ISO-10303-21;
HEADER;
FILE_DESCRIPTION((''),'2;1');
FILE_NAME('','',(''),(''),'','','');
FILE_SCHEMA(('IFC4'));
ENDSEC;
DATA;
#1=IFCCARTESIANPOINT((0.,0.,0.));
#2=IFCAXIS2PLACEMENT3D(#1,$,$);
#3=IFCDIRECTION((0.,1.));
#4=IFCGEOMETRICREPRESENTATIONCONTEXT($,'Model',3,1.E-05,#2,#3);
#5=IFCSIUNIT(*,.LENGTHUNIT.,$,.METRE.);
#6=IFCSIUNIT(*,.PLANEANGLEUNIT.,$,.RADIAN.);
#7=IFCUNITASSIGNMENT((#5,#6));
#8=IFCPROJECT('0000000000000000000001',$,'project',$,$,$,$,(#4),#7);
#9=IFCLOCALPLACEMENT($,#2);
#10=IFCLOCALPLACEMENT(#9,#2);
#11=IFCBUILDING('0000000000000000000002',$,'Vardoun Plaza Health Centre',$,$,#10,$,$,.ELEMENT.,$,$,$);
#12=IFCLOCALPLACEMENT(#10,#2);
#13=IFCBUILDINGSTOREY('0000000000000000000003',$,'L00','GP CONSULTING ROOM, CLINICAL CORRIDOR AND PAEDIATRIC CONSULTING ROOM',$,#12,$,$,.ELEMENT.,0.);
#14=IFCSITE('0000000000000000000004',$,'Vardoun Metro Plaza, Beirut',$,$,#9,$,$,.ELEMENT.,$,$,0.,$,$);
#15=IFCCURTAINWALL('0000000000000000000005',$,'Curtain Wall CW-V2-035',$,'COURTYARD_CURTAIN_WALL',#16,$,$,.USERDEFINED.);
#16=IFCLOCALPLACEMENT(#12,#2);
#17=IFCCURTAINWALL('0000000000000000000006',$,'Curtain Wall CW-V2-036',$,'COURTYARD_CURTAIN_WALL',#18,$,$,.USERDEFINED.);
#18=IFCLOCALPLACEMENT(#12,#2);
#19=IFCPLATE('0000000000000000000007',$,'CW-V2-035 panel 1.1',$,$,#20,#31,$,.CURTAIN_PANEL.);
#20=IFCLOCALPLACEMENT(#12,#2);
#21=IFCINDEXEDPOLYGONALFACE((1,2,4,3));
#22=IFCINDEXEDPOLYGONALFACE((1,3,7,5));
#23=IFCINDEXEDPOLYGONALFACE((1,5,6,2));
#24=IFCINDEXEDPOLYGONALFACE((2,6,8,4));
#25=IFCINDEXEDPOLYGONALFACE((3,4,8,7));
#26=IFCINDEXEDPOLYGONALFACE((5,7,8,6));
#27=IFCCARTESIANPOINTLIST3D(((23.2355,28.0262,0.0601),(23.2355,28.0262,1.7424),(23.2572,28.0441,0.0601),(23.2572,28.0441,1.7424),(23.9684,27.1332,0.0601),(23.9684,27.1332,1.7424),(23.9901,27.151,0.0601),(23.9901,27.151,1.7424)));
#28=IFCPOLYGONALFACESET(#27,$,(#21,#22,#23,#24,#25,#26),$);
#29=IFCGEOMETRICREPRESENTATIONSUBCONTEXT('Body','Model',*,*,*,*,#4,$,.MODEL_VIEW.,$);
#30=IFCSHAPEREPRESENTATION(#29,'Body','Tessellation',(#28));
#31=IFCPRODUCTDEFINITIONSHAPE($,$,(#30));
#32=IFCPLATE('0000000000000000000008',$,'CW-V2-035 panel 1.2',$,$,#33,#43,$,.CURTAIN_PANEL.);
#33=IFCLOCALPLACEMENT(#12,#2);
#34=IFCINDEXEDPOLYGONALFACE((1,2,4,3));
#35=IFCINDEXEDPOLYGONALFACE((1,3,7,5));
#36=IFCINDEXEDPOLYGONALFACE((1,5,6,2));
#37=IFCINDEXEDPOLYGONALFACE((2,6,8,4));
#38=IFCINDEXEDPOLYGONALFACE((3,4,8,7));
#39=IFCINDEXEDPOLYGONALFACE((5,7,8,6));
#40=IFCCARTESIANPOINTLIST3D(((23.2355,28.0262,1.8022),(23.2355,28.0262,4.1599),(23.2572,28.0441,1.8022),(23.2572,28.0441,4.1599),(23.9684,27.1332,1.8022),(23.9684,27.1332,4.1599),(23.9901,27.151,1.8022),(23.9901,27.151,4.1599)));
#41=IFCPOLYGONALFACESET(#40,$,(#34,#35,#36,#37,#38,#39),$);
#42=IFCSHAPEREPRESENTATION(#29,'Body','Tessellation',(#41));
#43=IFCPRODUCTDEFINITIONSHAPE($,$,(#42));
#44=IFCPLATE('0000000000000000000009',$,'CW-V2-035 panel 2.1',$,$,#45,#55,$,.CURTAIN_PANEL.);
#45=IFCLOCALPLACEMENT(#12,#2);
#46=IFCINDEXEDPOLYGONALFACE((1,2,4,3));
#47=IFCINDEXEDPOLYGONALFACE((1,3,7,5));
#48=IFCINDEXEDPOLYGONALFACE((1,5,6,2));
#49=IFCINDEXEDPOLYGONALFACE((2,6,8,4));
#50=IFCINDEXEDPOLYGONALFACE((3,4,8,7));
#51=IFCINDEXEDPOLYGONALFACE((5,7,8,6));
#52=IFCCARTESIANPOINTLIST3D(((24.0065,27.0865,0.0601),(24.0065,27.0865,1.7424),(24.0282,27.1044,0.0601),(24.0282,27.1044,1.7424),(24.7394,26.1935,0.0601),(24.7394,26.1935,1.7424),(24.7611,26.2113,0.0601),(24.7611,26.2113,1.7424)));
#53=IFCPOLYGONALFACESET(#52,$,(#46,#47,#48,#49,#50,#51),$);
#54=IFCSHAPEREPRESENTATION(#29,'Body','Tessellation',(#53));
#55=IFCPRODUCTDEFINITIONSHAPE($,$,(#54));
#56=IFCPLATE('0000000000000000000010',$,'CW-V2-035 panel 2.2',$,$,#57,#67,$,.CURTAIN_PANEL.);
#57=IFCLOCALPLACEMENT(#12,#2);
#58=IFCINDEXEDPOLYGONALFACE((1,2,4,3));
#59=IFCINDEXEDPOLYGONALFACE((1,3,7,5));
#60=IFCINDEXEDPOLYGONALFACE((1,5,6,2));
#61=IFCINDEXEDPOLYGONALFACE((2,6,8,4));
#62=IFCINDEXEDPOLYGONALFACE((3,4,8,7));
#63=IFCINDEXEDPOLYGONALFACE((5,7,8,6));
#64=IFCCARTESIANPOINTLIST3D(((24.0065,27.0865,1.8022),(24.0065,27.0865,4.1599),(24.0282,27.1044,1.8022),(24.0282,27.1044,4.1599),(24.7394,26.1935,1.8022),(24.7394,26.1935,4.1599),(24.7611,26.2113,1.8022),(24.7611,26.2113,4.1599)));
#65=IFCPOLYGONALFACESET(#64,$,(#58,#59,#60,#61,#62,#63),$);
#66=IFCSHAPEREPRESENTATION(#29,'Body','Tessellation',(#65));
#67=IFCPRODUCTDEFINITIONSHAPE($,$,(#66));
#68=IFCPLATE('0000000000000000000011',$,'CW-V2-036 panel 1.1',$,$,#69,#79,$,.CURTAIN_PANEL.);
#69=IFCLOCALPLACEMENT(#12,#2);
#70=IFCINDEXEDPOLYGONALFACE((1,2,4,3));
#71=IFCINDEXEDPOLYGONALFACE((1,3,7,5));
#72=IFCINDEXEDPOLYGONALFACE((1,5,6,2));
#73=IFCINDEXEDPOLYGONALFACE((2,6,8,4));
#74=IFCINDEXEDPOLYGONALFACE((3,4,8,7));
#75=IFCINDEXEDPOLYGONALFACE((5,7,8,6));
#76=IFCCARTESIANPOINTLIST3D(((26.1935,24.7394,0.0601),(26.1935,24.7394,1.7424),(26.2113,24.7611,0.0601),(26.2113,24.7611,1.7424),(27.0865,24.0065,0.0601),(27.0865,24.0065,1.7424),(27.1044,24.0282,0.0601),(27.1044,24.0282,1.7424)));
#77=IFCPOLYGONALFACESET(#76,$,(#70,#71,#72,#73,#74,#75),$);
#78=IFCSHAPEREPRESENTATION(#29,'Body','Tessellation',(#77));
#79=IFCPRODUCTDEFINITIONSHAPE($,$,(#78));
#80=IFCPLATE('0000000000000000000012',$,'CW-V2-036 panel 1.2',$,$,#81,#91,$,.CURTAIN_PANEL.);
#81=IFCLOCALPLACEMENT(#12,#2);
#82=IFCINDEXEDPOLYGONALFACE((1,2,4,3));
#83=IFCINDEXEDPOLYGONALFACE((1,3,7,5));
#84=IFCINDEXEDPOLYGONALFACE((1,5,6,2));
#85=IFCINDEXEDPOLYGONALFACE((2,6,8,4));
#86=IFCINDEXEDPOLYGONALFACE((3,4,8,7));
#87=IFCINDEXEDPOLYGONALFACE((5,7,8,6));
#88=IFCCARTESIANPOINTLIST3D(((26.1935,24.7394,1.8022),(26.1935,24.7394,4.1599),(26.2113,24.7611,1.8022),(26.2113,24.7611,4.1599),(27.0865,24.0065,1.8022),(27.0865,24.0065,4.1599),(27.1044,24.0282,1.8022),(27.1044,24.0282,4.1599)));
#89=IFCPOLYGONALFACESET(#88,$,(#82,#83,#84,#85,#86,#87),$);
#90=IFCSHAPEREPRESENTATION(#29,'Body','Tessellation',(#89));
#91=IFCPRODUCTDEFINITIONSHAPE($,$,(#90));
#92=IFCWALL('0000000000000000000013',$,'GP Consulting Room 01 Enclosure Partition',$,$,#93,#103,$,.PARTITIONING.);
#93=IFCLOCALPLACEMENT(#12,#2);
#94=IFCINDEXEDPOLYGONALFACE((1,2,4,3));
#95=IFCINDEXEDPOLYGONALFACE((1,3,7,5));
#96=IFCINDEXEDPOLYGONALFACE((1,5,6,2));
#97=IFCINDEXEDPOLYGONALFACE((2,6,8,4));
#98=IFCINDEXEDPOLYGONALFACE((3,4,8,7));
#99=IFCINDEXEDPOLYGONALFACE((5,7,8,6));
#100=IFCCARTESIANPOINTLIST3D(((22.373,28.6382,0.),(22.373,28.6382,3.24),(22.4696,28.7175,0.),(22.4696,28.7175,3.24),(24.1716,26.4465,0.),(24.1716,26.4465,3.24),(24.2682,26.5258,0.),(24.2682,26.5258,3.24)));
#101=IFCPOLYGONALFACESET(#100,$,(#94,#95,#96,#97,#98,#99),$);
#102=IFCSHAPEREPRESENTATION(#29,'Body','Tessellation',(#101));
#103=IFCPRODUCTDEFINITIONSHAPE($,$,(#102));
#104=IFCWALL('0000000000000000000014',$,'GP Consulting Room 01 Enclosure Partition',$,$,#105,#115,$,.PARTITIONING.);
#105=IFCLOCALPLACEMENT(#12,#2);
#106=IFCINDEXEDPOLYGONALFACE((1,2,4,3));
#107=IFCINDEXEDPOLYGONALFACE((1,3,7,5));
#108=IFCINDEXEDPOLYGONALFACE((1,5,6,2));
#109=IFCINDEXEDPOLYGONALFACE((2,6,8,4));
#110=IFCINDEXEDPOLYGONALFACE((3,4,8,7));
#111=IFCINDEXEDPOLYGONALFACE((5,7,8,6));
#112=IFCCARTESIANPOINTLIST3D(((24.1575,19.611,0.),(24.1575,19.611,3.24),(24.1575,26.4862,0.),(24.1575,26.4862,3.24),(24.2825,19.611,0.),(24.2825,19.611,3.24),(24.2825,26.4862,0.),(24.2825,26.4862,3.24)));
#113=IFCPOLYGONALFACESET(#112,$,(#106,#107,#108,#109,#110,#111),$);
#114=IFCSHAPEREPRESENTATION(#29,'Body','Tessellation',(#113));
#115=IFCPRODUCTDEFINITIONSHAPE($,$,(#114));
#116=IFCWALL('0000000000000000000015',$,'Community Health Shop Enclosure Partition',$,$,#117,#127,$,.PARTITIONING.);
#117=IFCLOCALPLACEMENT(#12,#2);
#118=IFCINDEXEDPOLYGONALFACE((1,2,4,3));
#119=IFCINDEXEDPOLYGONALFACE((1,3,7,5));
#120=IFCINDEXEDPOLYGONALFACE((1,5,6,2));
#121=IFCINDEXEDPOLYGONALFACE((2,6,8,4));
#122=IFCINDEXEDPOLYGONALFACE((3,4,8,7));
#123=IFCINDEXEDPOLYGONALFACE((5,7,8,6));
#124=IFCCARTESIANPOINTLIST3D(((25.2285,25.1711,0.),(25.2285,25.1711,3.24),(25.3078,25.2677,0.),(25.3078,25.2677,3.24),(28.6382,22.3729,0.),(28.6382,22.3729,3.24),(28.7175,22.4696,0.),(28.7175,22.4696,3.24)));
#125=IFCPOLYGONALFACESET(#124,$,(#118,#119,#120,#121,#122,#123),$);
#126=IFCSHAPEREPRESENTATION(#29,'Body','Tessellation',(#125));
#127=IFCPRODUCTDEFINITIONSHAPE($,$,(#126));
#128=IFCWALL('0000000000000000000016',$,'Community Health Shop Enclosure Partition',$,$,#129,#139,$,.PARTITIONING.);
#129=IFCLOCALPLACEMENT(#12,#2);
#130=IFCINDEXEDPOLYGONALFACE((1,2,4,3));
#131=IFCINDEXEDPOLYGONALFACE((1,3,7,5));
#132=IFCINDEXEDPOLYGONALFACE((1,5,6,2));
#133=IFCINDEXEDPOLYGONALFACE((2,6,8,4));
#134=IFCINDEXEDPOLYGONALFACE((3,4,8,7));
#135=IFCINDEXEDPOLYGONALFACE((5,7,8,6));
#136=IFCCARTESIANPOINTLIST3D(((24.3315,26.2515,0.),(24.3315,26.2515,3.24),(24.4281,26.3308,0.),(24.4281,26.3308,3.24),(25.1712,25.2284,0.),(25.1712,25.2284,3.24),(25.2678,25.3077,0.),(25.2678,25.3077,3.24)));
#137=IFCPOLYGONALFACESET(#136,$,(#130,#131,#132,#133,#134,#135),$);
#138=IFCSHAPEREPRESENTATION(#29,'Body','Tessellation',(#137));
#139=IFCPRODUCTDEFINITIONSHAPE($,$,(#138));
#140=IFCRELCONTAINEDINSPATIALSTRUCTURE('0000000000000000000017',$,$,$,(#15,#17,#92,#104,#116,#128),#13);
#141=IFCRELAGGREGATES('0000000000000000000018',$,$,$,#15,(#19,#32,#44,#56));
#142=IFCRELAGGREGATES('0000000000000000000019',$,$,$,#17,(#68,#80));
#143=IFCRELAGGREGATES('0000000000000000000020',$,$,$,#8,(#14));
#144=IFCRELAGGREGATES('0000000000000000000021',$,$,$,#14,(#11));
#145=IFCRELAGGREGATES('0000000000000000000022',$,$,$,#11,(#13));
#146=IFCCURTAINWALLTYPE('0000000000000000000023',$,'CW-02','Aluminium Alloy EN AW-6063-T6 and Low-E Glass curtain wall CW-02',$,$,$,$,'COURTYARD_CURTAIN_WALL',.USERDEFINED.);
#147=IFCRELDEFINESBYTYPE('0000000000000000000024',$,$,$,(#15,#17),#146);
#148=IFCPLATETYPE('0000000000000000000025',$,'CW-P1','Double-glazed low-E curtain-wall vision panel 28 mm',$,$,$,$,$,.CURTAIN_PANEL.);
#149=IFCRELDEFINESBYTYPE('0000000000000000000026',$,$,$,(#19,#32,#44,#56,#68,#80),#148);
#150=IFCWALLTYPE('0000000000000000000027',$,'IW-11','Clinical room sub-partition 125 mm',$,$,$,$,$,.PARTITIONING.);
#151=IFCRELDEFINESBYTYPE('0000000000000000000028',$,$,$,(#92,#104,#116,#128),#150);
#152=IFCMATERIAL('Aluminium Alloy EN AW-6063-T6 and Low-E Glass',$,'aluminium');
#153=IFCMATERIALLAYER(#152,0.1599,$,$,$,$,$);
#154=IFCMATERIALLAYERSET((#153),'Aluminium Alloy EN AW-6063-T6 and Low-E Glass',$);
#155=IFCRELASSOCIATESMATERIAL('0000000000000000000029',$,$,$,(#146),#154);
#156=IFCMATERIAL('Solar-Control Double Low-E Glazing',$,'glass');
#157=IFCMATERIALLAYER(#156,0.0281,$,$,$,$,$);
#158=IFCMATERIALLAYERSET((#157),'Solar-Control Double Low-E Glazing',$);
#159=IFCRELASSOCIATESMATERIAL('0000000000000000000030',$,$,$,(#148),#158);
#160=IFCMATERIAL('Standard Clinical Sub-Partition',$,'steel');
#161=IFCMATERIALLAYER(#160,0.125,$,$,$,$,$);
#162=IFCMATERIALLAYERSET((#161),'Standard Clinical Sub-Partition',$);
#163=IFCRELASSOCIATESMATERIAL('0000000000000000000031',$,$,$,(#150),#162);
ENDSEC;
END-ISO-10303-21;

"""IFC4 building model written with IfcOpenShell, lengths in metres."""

from ifc_helpers import new_model, si_unit, direction, frame, frame_2d, origin, origin_2d, place, context, subcontext, project, spatial, rectangle, extrude, material, layer, layer_set, type_object, element, aggregate, save


model = new_model("IFC4")

# Units and contexts
model_context = context("Model", 3, precision=1e-05, world=origin(), true_north=direction((0.0, 1.0)))
body_context = subcontext(model_context, "Body", "Model", "MODEL_VIEW")
ifc_project = project(units=[si_unit("LENGTHUNIT", "METRE"), si_unit("PLANEANGLEUNIT", "RADIAN")], contexts=[model_context])

# Site, building, storey
site_placement = place(None, origin())
site = spatial("IfcSite", under=ifc_project, at=site_placement, Name="Vardoun Metro Plaza, Beirut", CompositionType="ELEMENT", RefElevation=0.0)
building_placement = place(site_placement, origin())
building = spatial("IfcBuilding", under=site, at=building_placement, Name="Vardoun Plaza Health Centre", CompositionType="ELEMENT")
storey_placement = place(building_placement, origin())
storey = spatial("IfcBuildingStorey", under=building, at=storey_placement, Name="L00", Description="GP CONSULTING ROOM, CLINICAL CORRIDOR AND PAEDIATRIC CONSULTING ROOM", CompositionType="ELEMENT", Elevation=0.0)

# Curtain walls
ifc_material_1 = material(Name="Aluminium Alloy EN AW-6063-T6 and Low-E Glass", Category="aluminium")
ifc_layer_1 = layer(ifc_material_1, 0.1599)
ifc_layer_set_1 = layer_set([ifc_layer_1], Name="Aluminium Alloy EN AW-6063-T6 and Low-E Glass")
curtain_wall_type = type_object("IfcCurtainWallType", Name="CW-02", Description="Aluminium Alloy EN AW-6063-T6 and Low-E Glass curtain wall CW-02", ElementType="COURTYARD_CURTAIN_WALL", PredefinedType="USERDEFINED", material=ifc_layer_set_1)
curtain_wall_1_placement = place(storey_placement, origin())
curtain_wall_1 = element("IfcCurtainWall", 1, at=curtain_wall_1_placement, inside=storey, type_object=curtain_wall_type, Name="Curtain Wall CW-V2-035", ObjectType="COURTYARD_CURTAIN_WALL", PredefinedType="USERDEFINED")
curtain_wall_2_placement = place(storey_placement, origin())
curtain_wall_2 = element("IfcCurtainWall", 2, at=curtain_wall_2_placement, inside=storey, type_object=curtain_wall_type, Name="Curtain Wall CW-V2-036", ObjectType="COURTYARD_CURTAIN_WALL", PredefinedType="USERDEFINED")

# Plates
ifc_material_2 = material(Name="Solar-Control Double Low-E Glazing", Category="glass")
ifc_layer_2 = layer(ifc_material_2, 0.0281)
ifc_layer_set_2 = layer_set([ifc_layer_2], Name="Solar-Control Double Low-E Glazing")
plate_type = type_object("IfcPlateType", Name="CW-P1", Description="Double-glazed low-E curtain-wall vision panel 28 mm", PredefinedType="CURTAIN_PANEL", material=ifc_layer_set_2)
plate_1_placement = place(storey_placement, frame((23.6128, 27.5886, 0.0601), z_axis=(0.0, 0.0, 1.0), x_axis=(0.634385, -0.773017, 0.0)))
plate_1 = element("IfcPlate", 3, at=plate_1_placement, type_object=plate_type, Name="CW-V2-035 panel 1.1", PredefinedType="CURTAIN_PANEL", context=body_context, shape_type="SweptSolid", body=[
    extrude(rectangle(XDim=1.1553, YDim=0.0281, at=origin_2d()), origin(), (0.0, 0.0, 1.0), 1.6824),
])
plate_2_placement = place(storey_placement, frame((23.6128, 27.5886, 1.8022), z_axis=(0.0, 0.0, 1.0), x_axis=(0.634385, -0.773017, 0.0)))
plate_2 = element("IfcPlate", 4, at=plate_2_placement, type_object=plate_type, Name="CW-V2-035 panel 1.2", PredefinedType="CURTAIN_PANEL", context=body_context, shape_type="SweptSolid", body=[
    extrude(rectangle(XDim=1.1553, YDim=0.0281, at=origin_2d()), origin(), (0.0, 0.0, 1.0), 2.3577),
])
plate_3_placement = place(storey_placement, frame((24.3838, 26.6489, 0.0601), z_axis=(0.0, 0.0, 1.0), x_axis=(0.634385, -0.773017, 0.0)))
plate_3 = element("IfcPlate", 5, at=plate_3_placement, type_object=plate_type, Name="CW-V2-035 panel 2.1", PredefinedType="CURTAIN_PANEL", context=body_context, shape_type="SweptSolid", body=[
    extrude(rectangle(XDim=1.1553, YDim=0.0281, at=origin_2d()), origin(), (0.0, 0.0, 1.0), 1.6824),
])
plate_4_placement = place(storey_placement, frame((24.3838, 26.6489, 1.8022), z_axis=(0.0, 0.0, 1.0), x_axis=(0.634385, -0.773017, 0.0)))
plate_4 = element("IfcPlate", 6, at=plate_4_placement, type_object=plate_type, Name="CW-V2-035 panel 2.2", PredefinedType="CURTAIN_PANEL", context=body_context, shape_type="SweptSolid", body=[
    extrude(rectangle(XDim=1.1553, YDim=0.0281, at=origin_2d()), origin(), (0.0, 0.0, 1.0), 2.3577),
])
aggregate(curtain_wall_1, [plate_1, plate_2, plate_3, plate_4])
plate_5_placement = place(storey_placement, frame((26.6489, 24.3838, 0.0601), z_axis=(0.0, 0.0, 1.0), x_axis=(0.773017, -0.634385, 0.0)))
plate_5 = element("IfcPlate", 7, at=plate_5_placement, type_object=plate_type, Name="CW-V2-036 panel 1.1", PredefinedType="CURTAIN_PANEL", context=body_context, shape_type="SweptSolid", body=[
    extrude(rectangle(XDim=1.1553, YDim=0.0281, at=origin_2d()), origin(), (0.0, 0.0, 1.0), 1.6824),
])
plate_6_placement = place(storey_placement, frame((26.6489, 24.3838, 1.8022), z_axis=(0.0, 0.0, 1.0), x_axis=(0.773017, -0.634385, 0.0)))
plate_6 = element("IfcPlate", 8, at=plate_6_placement, type_object=plate_type, Name="CW-V2-036 panel 1.2", PredefinedType="CURTAIN_PANEL", context=body_context, shape_type="SweptSolid", body=[
    extrude(rectangle(XDim=1.1553, YDim=0.0281, at=origin_2d()), origin(), (0.0, 0.0, 1.0), 2.3577),
])
aggregate(curtain_wall_2, [plate_5, plate_6])

# Walls
ifc_material_3 = material(Name="Standard Clinical Sub-Partition", Category="steel")
ifc_layer_3 = layer(ifc_material_3, 0.125)
ifc_layer_set_3 = layer_set([ifc_layer_3], Name="Standard Clinical Sub-Partition")
wall_type = type_object("IfcWallType", Name="IW-11", Description="Clinical room sub-partition 125 mm", PredefinedType="PARTITIONING", material=ifc_layer_set_3)
wall_1_placement = place(storey_placement, frame((22.4214, 28.6777, 0.0), z_axis=(0.0, 0.0, 1.0), x_axis=(0.634381, -0.77302, 0.0)))
element("IfcWall", 9, at=wall_1_placement, inside=storey, type_object=wall_type, Name="GP Consulting Room 01 Enclosure Partition", PredefinedType="PARTITIONING", context=body_context, shape_type="SweptSolid", body=[
    extrude(rectangle(XDim=2.8352, YDim=0.125, at=frame_2d((1.4175, 0.0))), origin(), (0.0, 0.0, 1.0), 3.24),
])
wall_2_placement = place(storey_placement, frame((24.22, 26.4861, 0.0), z_axis=(0.0, 0.0, 1.0), x_axis=(0.0, -1.0, 0.0)))
element("IfcWall", 10, at=wall_2_placement, inside=storey, type_object=wall_type, Name="GP Consulting Room 01 Enclosure Partition", PredefinedType="PARTITIONING", context=body_context, shape_type="SweptSolid", body=[
    extrude(rectangle(XDim=6.8752, YDim=0.125, at=frame_2d((3.4375, 0.0))), origin(), (0.0, 0.0, 1.0), 3.24),
])
wall_3_placement = place(storey_placement, frame((25.2681, 25.2195, 0.0), z_axis=(0.0, 0.0, 1.0), x_axis=(0.773027, -0.634373, 0.0)))
element("IfcWall", 11, at=wall_3_placement, inside=storey, type_object=wall_type, Name="Community Health Shop Enclosure Partition", PredefinedType="PARTITIONING", context=body_context, shape_type="SweptSolid", body=[
    extrude(rectangle(XDim=4.4109, YDim=0.125, at=frame_2d((2.2056, 0.0))), origin(), (0.0, 0.0, 1.0), 3.24),
])
wall_4_placement = place(storey_placement, frame((24.3799, 26.291, 0.0), z_axis=(0.0, 0.0, 1.0), x_axis=(0.634433, -0.772978, 0.0)))
element("IfcWall", 12, at=wall_4_placement, inside=storey, type_object=wall_type, Name="Community Health Shop Enclosure Partition", PredefinedType="PARTITIONING", context=body_context, shape_type="SweptSolid", body=[
    extrude(rectangle(XDim=1.3235, YDim=0.125, at=frame_2d((0.6616, 0.0))), origin(), (0.0, 0.0, 1.0), 3.24),
])

save(model, "model.ifc")
